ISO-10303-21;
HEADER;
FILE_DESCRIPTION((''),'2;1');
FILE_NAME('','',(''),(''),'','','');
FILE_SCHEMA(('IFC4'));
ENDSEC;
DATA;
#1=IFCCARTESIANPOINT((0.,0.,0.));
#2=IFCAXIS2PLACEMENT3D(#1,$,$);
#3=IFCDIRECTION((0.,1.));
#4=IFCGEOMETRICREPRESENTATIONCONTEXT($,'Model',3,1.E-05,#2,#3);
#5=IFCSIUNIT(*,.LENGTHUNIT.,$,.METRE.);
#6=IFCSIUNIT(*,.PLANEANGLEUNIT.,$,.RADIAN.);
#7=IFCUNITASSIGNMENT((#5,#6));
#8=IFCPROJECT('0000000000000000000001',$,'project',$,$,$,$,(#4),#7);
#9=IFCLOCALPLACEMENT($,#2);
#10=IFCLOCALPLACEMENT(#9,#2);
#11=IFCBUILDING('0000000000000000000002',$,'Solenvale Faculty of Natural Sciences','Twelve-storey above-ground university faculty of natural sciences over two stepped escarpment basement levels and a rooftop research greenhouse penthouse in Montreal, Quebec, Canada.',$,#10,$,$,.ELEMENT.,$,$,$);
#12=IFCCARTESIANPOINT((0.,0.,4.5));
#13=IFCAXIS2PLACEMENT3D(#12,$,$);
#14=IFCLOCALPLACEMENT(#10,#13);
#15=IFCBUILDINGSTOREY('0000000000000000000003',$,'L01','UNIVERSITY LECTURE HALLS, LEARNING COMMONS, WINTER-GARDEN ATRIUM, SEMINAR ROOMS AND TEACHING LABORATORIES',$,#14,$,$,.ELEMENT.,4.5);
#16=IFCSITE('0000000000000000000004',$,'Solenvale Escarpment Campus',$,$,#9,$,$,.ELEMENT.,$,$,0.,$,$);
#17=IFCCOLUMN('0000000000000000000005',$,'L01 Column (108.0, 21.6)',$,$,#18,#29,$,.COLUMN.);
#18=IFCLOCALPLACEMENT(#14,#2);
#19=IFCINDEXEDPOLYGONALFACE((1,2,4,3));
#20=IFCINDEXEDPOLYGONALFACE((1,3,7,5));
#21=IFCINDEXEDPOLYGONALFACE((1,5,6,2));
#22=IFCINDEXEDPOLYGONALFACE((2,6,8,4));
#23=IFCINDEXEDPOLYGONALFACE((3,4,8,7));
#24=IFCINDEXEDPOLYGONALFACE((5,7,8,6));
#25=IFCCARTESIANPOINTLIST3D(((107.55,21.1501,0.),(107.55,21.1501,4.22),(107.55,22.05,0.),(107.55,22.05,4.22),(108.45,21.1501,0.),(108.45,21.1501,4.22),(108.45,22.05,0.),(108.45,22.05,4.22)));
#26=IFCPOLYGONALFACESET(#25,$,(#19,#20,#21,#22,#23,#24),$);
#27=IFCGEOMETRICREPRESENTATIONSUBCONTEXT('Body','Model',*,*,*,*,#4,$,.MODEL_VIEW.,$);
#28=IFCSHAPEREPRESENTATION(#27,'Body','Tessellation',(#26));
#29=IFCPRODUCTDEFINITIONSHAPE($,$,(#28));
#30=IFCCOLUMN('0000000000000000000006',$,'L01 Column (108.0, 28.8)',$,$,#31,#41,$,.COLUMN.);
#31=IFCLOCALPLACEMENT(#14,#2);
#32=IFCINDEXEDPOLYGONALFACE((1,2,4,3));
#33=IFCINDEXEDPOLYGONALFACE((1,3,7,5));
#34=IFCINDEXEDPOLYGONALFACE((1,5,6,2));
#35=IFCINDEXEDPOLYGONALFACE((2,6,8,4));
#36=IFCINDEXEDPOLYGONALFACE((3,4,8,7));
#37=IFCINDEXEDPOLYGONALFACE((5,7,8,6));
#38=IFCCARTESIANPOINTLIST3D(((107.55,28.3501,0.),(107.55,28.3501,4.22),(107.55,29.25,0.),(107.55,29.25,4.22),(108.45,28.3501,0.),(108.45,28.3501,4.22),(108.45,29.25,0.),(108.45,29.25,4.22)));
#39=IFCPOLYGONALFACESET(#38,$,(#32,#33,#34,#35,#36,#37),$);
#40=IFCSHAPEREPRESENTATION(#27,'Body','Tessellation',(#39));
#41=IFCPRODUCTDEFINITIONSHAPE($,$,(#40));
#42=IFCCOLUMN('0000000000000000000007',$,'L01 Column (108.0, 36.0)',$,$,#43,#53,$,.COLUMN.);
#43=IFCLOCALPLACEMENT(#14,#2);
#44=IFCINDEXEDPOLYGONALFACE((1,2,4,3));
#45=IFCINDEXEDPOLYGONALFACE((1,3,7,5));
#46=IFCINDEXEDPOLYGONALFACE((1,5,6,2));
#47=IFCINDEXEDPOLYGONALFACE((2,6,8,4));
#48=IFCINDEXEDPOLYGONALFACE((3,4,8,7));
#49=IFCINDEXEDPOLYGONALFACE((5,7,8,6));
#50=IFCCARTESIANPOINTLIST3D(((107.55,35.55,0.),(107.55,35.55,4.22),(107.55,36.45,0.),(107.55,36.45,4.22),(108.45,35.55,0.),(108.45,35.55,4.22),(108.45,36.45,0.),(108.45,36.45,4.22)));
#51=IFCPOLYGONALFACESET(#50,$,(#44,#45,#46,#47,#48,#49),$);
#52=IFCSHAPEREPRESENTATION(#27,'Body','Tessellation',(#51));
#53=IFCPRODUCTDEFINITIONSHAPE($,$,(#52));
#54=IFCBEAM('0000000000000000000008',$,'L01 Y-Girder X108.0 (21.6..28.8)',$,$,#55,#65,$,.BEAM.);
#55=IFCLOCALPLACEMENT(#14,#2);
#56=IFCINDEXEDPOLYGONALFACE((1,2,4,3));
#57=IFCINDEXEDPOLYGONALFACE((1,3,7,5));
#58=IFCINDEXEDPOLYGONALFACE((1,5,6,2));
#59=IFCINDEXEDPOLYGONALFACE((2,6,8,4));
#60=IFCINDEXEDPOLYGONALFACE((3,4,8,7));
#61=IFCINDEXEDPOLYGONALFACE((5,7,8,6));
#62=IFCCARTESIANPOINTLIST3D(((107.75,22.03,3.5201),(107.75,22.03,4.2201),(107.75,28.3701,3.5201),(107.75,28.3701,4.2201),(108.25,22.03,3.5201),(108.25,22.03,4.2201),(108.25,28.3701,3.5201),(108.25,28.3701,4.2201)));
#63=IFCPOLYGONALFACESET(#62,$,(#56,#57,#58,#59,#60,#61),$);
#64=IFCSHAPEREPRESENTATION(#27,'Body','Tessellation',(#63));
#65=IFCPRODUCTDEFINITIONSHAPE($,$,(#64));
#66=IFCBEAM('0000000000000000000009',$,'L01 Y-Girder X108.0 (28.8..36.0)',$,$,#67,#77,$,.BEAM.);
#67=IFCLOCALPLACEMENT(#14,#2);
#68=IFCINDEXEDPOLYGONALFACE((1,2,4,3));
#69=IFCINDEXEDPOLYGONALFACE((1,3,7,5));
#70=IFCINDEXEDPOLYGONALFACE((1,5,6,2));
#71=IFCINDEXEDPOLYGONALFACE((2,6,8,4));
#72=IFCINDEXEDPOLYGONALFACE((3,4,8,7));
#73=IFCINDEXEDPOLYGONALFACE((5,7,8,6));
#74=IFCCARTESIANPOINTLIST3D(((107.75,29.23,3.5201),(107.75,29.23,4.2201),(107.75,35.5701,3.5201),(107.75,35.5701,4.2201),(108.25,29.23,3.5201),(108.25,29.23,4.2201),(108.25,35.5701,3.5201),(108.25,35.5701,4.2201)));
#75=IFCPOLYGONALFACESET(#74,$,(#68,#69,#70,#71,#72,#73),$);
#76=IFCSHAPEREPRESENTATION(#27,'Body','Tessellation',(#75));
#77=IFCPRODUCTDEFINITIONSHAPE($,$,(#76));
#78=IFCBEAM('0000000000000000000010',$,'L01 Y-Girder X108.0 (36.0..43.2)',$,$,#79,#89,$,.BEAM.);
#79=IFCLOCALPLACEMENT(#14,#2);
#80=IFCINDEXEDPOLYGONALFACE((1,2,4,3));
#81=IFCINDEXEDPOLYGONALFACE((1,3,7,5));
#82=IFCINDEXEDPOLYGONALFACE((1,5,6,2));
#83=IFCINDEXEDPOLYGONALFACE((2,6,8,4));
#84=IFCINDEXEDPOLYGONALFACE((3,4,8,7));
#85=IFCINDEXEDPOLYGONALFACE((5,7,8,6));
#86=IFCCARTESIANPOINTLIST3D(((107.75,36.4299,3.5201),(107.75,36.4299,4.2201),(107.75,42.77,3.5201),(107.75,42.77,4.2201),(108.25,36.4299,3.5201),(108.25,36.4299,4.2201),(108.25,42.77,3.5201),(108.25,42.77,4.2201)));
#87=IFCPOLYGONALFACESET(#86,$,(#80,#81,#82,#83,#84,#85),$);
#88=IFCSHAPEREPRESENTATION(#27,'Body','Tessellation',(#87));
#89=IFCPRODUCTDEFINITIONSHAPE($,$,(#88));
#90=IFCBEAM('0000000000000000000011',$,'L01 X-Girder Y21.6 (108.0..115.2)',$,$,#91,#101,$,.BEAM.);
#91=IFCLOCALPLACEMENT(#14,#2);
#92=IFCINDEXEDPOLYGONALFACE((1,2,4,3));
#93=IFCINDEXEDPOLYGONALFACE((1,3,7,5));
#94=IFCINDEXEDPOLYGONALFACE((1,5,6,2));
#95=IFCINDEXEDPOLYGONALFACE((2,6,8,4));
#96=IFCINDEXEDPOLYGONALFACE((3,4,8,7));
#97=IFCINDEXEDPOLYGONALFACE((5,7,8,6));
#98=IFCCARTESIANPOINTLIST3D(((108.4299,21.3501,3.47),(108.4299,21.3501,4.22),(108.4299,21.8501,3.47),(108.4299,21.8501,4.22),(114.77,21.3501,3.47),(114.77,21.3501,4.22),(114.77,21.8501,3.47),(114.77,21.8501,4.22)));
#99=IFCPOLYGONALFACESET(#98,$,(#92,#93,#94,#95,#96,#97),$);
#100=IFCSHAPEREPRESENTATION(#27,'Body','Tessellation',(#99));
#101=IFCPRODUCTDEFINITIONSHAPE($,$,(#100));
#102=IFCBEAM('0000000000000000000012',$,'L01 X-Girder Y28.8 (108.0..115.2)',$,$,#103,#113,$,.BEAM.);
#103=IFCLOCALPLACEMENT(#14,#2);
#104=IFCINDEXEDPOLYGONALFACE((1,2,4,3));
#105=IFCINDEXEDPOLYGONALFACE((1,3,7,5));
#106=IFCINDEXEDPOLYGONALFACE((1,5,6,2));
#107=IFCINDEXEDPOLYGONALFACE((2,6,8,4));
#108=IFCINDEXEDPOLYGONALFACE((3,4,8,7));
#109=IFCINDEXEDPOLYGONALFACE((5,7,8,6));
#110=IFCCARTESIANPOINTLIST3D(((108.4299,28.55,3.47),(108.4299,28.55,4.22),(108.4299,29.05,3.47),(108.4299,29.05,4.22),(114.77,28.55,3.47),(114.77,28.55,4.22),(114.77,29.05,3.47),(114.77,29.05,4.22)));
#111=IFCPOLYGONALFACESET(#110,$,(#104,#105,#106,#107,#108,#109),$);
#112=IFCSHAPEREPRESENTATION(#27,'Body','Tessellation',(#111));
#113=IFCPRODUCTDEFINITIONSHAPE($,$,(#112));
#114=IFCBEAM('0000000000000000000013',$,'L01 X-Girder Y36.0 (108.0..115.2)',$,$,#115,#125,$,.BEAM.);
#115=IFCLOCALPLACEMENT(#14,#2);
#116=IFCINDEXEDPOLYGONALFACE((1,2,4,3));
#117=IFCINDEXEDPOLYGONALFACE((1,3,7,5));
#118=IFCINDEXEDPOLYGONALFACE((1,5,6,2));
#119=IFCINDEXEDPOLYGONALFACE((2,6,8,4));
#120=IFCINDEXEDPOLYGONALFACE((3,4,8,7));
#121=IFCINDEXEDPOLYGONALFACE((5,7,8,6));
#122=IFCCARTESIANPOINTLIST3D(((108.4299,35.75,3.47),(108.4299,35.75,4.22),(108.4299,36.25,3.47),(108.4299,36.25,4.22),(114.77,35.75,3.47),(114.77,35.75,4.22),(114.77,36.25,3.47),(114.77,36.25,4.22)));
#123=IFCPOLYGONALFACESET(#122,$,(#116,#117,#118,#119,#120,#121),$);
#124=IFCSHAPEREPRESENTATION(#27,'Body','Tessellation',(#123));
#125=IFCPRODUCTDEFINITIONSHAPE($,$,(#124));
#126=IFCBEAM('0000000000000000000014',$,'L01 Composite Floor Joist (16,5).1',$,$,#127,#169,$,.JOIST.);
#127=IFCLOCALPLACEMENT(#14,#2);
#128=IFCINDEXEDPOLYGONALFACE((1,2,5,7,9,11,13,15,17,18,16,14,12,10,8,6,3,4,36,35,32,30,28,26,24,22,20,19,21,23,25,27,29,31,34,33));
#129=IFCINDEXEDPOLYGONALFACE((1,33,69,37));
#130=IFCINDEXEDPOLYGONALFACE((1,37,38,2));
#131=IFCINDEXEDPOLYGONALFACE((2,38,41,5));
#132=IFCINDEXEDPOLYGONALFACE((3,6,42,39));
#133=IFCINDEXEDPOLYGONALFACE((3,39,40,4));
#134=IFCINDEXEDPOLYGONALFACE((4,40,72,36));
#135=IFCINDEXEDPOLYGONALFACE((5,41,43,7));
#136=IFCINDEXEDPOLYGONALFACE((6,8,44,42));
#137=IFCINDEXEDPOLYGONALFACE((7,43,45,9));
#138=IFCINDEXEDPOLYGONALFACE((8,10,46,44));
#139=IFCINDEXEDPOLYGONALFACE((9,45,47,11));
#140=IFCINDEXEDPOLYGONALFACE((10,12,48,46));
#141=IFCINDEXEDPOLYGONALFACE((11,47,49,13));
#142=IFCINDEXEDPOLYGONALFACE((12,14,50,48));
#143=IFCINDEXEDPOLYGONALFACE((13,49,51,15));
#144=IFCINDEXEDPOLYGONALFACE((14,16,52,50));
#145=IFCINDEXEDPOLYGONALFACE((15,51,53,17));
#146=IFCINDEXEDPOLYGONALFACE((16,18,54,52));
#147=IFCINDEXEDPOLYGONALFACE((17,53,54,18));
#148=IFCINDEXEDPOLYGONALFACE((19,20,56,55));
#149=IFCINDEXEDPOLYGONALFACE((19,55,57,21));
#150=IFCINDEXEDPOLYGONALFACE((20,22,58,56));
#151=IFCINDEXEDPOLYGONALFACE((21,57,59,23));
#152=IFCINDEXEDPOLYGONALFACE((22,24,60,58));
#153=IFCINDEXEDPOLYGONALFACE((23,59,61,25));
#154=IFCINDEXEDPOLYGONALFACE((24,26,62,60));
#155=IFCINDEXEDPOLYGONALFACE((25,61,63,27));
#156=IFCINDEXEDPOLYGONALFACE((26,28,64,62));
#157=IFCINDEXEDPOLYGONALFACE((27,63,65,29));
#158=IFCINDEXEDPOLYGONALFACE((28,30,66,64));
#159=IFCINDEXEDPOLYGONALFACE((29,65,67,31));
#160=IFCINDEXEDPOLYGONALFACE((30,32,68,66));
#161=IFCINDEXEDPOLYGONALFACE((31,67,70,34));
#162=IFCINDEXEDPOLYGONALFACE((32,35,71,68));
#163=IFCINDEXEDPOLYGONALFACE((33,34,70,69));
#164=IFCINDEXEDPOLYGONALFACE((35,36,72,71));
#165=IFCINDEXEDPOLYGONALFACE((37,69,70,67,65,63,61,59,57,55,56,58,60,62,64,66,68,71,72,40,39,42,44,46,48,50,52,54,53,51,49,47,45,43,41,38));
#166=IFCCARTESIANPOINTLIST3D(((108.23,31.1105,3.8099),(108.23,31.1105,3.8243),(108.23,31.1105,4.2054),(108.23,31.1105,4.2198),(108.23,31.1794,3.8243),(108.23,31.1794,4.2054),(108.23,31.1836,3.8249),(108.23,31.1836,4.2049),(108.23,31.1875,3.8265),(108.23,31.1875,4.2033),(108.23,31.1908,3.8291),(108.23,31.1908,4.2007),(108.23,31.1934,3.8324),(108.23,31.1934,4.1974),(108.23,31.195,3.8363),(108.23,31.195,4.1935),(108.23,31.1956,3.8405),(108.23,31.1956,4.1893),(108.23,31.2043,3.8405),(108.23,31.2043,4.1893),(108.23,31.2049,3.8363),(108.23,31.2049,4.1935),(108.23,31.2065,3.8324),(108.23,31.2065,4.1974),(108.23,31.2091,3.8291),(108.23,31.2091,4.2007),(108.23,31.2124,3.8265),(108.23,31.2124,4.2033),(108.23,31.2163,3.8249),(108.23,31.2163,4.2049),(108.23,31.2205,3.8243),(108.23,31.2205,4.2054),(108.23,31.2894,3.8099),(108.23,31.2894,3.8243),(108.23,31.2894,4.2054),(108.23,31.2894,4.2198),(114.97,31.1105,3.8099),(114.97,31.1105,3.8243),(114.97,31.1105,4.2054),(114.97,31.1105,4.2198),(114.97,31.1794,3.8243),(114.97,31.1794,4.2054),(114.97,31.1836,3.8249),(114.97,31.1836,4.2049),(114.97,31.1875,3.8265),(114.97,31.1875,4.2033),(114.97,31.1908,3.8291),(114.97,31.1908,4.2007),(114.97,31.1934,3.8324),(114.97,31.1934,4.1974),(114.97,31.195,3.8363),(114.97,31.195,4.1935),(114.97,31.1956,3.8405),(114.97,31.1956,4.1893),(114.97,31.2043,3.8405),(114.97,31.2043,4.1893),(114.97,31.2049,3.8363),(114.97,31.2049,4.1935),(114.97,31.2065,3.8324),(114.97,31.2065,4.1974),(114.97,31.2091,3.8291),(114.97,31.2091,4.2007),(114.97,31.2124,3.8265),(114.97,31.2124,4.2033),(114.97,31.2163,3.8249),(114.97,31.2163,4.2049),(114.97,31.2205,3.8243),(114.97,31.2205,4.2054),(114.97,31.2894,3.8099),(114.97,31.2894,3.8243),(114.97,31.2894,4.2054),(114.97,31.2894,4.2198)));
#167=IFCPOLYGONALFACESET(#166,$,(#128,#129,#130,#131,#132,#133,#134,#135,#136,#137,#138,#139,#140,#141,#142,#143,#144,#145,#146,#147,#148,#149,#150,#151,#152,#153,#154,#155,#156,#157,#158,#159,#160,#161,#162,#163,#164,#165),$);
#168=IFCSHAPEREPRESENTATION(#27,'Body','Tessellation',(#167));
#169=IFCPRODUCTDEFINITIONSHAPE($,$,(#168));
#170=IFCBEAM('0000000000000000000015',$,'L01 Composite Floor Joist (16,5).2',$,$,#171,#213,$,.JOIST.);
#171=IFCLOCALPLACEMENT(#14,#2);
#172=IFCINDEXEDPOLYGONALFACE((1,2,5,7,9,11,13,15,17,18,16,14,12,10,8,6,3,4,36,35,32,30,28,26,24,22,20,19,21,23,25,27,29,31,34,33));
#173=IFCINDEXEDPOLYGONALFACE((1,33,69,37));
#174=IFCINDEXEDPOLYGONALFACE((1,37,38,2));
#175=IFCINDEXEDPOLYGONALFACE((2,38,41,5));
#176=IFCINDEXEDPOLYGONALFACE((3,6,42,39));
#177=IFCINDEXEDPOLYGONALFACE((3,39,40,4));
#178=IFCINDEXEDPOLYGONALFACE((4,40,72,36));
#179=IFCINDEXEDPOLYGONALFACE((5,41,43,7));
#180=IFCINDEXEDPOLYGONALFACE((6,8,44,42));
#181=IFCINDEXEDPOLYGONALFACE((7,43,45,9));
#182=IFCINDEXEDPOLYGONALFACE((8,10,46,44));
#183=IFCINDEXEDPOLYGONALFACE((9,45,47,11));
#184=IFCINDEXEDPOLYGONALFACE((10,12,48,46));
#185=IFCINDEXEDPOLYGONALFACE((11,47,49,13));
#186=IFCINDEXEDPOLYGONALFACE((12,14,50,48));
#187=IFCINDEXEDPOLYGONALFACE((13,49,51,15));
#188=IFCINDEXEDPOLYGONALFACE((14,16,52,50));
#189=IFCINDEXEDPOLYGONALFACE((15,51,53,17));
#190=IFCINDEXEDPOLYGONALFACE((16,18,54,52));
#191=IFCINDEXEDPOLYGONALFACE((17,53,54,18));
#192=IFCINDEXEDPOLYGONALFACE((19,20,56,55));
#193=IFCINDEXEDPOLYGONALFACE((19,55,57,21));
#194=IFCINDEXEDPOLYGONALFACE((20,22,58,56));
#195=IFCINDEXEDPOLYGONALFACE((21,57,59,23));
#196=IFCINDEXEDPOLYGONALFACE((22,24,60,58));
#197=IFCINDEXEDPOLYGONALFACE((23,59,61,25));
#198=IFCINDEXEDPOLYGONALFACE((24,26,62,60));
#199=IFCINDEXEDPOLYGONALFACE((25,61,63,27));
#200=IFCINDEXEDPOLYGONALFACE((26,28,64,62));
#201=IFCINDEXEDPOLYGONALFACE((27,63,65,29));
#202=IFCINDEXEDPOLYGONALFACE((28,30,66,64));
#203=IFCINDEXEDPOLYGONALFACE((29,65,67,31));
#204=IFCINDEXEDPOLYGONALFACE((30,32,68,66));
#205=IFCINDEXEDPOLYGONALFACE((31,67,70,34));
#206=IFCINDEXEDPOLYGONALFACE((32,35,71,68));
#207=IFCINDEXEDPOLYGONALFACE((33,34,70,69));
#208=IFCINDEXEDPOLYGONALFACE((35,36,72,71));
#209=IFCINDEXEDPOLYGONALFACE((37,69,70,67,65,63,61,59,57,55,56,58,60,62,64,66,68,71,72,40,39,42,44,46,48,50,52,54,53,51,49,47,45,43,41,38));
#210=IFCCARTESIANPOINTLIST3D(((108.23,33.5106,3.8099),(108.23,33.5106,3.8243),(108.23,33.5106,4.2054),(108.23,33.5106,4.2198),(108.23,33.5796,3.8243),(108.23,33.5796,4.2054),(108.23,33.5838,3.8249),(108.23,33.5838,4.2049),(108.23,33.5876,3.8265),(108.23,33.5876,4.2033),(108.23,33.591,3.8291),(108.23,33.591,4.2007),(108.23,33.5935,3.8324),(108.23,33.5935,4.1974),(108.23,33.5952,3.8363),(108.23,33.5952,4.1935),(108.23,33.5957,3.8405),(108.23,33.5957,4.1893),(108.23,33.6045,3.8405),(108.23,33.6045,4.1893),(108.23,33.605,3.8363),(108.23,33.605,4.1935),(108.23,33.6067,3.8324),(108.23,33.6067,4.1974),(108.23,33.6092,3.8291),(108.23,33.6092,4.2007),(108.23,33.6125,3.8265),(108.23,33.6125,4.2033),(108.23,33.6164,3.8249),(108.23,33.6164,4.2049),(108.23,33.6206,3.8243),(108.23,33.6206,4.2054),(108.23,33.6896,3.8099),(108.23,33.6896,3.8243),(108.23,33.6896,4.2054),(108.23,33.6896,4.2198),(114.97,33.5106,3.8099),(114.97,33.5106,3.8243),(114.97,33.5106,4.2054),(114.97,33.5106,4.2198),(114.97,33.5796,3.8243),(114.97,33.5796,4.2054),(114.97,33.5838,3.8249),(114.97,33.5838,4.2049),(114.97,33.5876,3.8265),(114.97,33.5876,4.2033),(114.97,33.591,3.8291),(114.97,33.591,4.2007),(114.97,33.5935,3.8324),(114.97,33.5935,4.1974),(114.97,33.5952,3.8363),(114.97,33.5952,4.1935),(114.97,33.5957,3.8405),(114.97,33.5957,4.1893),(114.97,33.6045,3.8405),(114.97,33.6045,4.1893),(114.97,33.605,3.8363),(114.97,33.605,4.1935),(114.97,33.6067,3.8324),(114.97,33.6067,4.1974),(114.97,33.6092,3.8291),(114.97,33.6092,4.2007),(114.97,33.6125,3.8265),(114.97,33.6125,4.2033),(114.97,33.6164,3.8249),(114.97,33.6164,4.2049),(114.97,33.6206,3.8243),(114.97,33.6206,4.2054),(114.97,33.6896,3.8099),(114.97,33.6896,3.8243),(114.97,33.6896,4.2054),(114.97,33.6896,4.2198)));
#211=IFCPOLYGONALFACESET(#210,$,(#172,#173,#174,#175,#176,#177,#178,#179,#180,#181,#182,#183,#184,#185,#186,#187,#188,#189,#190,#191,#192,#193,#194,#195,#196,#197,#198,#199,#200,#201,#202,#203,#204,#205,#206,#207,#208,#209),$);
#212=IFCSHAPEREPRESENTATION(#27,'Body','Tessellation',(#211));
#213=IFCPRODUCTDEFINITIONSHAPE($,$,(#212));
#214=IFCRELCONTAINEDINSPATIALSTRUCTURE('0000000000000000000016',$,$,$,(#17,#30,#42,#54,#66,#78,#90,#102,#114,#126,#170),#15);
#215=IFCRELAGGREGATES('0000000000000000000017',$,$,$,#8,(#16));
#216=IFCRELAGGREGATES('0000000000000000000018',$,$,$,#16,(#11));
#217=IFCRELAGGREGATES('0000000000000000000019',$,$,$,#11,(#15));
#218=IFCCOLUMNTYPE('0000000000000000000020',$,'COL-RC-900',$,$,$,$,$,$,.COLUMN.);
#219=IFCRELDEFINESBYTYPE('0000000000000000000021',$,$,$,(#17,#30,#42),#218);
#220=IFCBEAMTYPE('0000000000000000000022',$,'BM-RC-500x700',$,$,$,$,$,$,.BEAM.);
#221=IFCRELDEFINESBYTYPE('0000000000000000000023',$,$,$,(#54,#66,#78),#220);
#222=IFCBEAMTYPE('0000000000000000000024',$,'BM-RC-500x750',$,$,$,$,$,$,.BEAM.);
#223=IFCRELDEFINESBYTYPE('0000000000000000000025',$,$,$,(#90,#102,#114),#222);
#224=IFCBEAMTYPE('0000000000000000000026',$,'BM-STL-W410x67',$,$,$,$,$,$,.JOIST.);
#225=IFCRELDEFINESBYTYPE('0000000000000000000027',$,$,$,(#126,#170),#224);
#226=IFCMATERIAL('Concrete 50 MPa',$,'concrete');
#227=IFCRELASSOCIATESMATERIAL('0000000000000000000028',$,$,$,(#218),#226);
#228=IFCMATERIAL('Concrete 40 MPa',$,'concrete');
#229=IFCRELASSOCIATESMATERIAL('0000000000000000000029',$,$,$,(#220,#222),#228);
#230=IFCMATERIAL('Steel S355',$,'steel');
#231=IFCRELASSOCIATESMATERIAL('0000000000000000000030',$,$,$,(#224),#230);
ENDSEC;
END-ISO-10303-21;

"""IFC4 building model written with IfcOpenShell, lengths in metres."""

from ifc_helpers import new_model, si_unit, direction, frame, origin, origin_2d, place, context, subcontext, project, spatial, rectangle, i_section, extrude, material, material_profile, profile_set, type_object, element, save


model = new_model("IFC4")

# Units and contexts
model_context = context("Model", 3, precision=1e-05, world=origin(), true_north=direction((0.0, 1.0)))
body_context = subcontext(model_context, "Body", "Model", "MODEL_VIEW")
ifc_project = project(units=[si_unit("LENGTHUNIT", "METRE"), si_unit("PLANEANGLEUNIT", "RADIAN")], contexts=[model_context])

# Site, building, storey
site_placement = place(None, origin())
site = spatial("IfcSite", under=ifc_project, at=site_placement, Name="Solenvale Escarpment Campus", CompositionType="ELEMENT", RefElevation=0.0)
building_placement = place(site_placement, origin())
building = spatial("IfcBuilding", under=site, at=building_placement, Name="Solenvale Faculty of Natural Sciences", Description="Twelve-storey above-ground university faculty of natural sciences over two stepped escarpment basement levels and a rooftop research greenhouse penthouse in Montreal, Quebec, Canada.", CompositionType="ELEMENT")
storey_placement = place(building_placement, frame((0.0, 0.0, 4.5)))
storey = spatial("IfcBuildingStorey", under=building, at=storey_placement, Name="L01", Description="UNIVERSITY LECTURE HALLS, LEARNING COMMONS, WINTER-GARDEN ATRIUM, SEMINAR ROOMS AND TEACHING LABORATORIES", CompositionType="ELEMENT", Elevation=4.5)

# Columns
ifc_material_1 = material(Name="Concrete 50 MPa", Category="concrete")
ifc_material_profile_1 = material_profile(ifc_material_1, rectangle(XDim=0.8999, YDim=0.8999, at=origin_2d()), Name="RC-COL-900x900")
ifc_profile_set_1 = profile_set([ifc_material_profile_1], Name="Concrete 50 MPa")
column_type = type_object("IfcColumnType", Name="COL-RC-900", PredefinedType="COLUMN", material=ifc_profile_set_1)
for number, where, z_axis, x_axis, name in (
    (1, (108.0, 21.6001, 0.0), (0.0, 0.0, 1.0), (1.0, 0.0, 0.0), "L01 Column (108.0, 21.6)"),
    (2, (108.0, 28.8, 0.0), (0.0, 0.0, 1.0), (1.0, 0.0, 0.0), "L01 Column (108.0, 28.8)"),
    (3, (108.0, 36.0, 0.0), (0.0, 0.0, 1.0), (1.0, 0.0, 0.0), "L01 Column (108.0, 36.0)"),
):
    element("IfcColumn", number, at=place(storey_placement, frame(where, z_axis=z_axis, x_axis=x_axis)), inside=storey, type_object=column_type, Name=name, PredefinedType="COLUMN", context=body_context, shape_type="SweptSolid", body=[
        extrude(rectangle(XDim=0.8999, YDim=0.8999, at=origin_2d()), origin(), (0.0, 0.0, 1.0), 4.22),
    ])

# Beams
ifc_material_2 = material(Name="Concrete 40 MPa", Category="concrete")
ifc_material_profile_2 = material_profile(ifc_material_2, rectangle(XDim=0.5, YDim=0.7, at=origin_2d()), Name="RC-BM-500x700")
ifc_profile_set_2 = profile_set([ifc_material_profile_2], Name="Concrete 40 MPa")
beam_type_1 = type_object("IfcBeamType", Name="BM-RC-500x700", PredefinedType="BEAM", material=ifc_profile_set_2)
for number, where, z_axis, x_axis, name in (
    (4, (108.0, 22.03, 3.8701), (0.0, 1.0, 0.0), (-1.0, 0.0, 0.0), "L01 Y-Girder X108.0 (21.6..28.8)"),
    (5, (108.0, 29.23, 3.8701), (0.0, 1.0, 0.0), (-1.0, 0.0, 0.0), "L01 Y-Girder X108.0 (28.8..36.0)"),
    (6, (108.0, 36.4299, 3.8701), (0.0, 1.0, 0.0), (-1.0, 0.0, 0.0), "L01 Y-Girder X108.0 (36.0..43.2)"),
):
    element("IfcBeam", number, at=place(storey_placement, frame(where, z_axis=z_axis, x_axis=x_axis)), inside=storey, type_object=beam_type_1, Name=name, PredefinedType="BEAM", context=body_context, shape_type="SweptSolid", body=[
        extrude(rectangle(XDim=0.5, YDim=0.7, at=origin_2d()), origin(), (0.0, 0.0, 1.0), 6.3401),
    ])
ifc_material_profile_3 = material_profile(ifc_material_2, rectangle(XDim=0.5, YDim=0.75, at=origin_2d()), Name="RC-BM-500x750")
ifc_profile_set_3 = profile_set([ifc_material_profile_3], Name="Concrete 40 MPa")
beam_type_2 = type_object("IfcBeamType", Name="BM-RC-500x750", PredefinedType="BEAM", material=ifc_profile_set_3)
for number, where, z_axis, x_axis, name in (
    (7, (108.4299, 21.6001, 3.845), (1.0, 0.0, 0.0), (0.0, 1.0, 0.0), "L01 X-Girder Y21.6 (108.0..115.2)"),
    (8, (108.4299, 28.8, 3.845), (1.0, 0.0, 0.0), (0.0, 1.0, 0.0), "L01 X-Girder Y28.8 (108.0..115.2)"),
    (9, (108.4299, 36.0, 3.845), (1.0, 0.0, 0.0), (0.0, 1.0, 0.0), "L01 X-Girder Y36.0 (108.0..115.2)"),
):
    element("IfcBeam", number, at=place(storey_placement, frame(where, z_axis=z_axis, x_axis=x_axis)), inside=storey, type_object=beam_type_2, Name=name, PredefinedType="BEAM", context=body_context, shape_type="SweptSolid", body=[
        extrude(rectangle(XDim=0.5, YDim=0.75, at=origin_2d()), origin(), (0.0, 0.0, 1.0), 6.3401),
    ])
ifc_material_3 = material(Name="Steel S355", Category="steel")
ifc_material_profile_4 = material_profile(ifc_material_3, i_section(OverallWidth=0.179, OverallDepth=0.4099, WebThickness=0.0088, FlangeThickness=0.0144, FilletRadius=0.0161, at=origin_2d()), Name="W410x67")
ifc_profile_set_4 = profile_set([ifc_material_profile_4], Name="Steel S355")
beam_type_3 = type_object("IfcBeamType", Name="BM-STL-W410x67", PredefinedType="JOIST", material=ifc_profile_set_4)
for number, where, z_axis, x_axis, name in (
    (10, (108.23, 31.2, 4.0149), (1.0, 0.0, 0.0), (0.0, 1.0, 0.0), "L01 Composite Floor Joist (16,5).1"),
    (11, (108.23, 33.6001, 4.0149), (1.0, 0.0, 0.0), (0.0, 1.0, 0.0), "L01 Composite Floor Joist (16,5).2"),
):
    element("IfcBeam", number, at=place(storey_placement, frame(where, z_axis=z_axis, x_axis=x_axis)), inside=storey, type_object=beam_type_3, Name=name, PredefinedType="JOIST", context=body_context, shape_type="SweptSolid", body=[
        extrude(i_section(OverallWidth=0.179, OverallDepth=0.4099, WebThickness=0.0088, FlangeThickness=0.0144, FilletRadius=0.0161, at=origin_2d()), origin(), (0.0, 0.0, 1.0), 6.74),
    ])

save(model, "model.ifc")
